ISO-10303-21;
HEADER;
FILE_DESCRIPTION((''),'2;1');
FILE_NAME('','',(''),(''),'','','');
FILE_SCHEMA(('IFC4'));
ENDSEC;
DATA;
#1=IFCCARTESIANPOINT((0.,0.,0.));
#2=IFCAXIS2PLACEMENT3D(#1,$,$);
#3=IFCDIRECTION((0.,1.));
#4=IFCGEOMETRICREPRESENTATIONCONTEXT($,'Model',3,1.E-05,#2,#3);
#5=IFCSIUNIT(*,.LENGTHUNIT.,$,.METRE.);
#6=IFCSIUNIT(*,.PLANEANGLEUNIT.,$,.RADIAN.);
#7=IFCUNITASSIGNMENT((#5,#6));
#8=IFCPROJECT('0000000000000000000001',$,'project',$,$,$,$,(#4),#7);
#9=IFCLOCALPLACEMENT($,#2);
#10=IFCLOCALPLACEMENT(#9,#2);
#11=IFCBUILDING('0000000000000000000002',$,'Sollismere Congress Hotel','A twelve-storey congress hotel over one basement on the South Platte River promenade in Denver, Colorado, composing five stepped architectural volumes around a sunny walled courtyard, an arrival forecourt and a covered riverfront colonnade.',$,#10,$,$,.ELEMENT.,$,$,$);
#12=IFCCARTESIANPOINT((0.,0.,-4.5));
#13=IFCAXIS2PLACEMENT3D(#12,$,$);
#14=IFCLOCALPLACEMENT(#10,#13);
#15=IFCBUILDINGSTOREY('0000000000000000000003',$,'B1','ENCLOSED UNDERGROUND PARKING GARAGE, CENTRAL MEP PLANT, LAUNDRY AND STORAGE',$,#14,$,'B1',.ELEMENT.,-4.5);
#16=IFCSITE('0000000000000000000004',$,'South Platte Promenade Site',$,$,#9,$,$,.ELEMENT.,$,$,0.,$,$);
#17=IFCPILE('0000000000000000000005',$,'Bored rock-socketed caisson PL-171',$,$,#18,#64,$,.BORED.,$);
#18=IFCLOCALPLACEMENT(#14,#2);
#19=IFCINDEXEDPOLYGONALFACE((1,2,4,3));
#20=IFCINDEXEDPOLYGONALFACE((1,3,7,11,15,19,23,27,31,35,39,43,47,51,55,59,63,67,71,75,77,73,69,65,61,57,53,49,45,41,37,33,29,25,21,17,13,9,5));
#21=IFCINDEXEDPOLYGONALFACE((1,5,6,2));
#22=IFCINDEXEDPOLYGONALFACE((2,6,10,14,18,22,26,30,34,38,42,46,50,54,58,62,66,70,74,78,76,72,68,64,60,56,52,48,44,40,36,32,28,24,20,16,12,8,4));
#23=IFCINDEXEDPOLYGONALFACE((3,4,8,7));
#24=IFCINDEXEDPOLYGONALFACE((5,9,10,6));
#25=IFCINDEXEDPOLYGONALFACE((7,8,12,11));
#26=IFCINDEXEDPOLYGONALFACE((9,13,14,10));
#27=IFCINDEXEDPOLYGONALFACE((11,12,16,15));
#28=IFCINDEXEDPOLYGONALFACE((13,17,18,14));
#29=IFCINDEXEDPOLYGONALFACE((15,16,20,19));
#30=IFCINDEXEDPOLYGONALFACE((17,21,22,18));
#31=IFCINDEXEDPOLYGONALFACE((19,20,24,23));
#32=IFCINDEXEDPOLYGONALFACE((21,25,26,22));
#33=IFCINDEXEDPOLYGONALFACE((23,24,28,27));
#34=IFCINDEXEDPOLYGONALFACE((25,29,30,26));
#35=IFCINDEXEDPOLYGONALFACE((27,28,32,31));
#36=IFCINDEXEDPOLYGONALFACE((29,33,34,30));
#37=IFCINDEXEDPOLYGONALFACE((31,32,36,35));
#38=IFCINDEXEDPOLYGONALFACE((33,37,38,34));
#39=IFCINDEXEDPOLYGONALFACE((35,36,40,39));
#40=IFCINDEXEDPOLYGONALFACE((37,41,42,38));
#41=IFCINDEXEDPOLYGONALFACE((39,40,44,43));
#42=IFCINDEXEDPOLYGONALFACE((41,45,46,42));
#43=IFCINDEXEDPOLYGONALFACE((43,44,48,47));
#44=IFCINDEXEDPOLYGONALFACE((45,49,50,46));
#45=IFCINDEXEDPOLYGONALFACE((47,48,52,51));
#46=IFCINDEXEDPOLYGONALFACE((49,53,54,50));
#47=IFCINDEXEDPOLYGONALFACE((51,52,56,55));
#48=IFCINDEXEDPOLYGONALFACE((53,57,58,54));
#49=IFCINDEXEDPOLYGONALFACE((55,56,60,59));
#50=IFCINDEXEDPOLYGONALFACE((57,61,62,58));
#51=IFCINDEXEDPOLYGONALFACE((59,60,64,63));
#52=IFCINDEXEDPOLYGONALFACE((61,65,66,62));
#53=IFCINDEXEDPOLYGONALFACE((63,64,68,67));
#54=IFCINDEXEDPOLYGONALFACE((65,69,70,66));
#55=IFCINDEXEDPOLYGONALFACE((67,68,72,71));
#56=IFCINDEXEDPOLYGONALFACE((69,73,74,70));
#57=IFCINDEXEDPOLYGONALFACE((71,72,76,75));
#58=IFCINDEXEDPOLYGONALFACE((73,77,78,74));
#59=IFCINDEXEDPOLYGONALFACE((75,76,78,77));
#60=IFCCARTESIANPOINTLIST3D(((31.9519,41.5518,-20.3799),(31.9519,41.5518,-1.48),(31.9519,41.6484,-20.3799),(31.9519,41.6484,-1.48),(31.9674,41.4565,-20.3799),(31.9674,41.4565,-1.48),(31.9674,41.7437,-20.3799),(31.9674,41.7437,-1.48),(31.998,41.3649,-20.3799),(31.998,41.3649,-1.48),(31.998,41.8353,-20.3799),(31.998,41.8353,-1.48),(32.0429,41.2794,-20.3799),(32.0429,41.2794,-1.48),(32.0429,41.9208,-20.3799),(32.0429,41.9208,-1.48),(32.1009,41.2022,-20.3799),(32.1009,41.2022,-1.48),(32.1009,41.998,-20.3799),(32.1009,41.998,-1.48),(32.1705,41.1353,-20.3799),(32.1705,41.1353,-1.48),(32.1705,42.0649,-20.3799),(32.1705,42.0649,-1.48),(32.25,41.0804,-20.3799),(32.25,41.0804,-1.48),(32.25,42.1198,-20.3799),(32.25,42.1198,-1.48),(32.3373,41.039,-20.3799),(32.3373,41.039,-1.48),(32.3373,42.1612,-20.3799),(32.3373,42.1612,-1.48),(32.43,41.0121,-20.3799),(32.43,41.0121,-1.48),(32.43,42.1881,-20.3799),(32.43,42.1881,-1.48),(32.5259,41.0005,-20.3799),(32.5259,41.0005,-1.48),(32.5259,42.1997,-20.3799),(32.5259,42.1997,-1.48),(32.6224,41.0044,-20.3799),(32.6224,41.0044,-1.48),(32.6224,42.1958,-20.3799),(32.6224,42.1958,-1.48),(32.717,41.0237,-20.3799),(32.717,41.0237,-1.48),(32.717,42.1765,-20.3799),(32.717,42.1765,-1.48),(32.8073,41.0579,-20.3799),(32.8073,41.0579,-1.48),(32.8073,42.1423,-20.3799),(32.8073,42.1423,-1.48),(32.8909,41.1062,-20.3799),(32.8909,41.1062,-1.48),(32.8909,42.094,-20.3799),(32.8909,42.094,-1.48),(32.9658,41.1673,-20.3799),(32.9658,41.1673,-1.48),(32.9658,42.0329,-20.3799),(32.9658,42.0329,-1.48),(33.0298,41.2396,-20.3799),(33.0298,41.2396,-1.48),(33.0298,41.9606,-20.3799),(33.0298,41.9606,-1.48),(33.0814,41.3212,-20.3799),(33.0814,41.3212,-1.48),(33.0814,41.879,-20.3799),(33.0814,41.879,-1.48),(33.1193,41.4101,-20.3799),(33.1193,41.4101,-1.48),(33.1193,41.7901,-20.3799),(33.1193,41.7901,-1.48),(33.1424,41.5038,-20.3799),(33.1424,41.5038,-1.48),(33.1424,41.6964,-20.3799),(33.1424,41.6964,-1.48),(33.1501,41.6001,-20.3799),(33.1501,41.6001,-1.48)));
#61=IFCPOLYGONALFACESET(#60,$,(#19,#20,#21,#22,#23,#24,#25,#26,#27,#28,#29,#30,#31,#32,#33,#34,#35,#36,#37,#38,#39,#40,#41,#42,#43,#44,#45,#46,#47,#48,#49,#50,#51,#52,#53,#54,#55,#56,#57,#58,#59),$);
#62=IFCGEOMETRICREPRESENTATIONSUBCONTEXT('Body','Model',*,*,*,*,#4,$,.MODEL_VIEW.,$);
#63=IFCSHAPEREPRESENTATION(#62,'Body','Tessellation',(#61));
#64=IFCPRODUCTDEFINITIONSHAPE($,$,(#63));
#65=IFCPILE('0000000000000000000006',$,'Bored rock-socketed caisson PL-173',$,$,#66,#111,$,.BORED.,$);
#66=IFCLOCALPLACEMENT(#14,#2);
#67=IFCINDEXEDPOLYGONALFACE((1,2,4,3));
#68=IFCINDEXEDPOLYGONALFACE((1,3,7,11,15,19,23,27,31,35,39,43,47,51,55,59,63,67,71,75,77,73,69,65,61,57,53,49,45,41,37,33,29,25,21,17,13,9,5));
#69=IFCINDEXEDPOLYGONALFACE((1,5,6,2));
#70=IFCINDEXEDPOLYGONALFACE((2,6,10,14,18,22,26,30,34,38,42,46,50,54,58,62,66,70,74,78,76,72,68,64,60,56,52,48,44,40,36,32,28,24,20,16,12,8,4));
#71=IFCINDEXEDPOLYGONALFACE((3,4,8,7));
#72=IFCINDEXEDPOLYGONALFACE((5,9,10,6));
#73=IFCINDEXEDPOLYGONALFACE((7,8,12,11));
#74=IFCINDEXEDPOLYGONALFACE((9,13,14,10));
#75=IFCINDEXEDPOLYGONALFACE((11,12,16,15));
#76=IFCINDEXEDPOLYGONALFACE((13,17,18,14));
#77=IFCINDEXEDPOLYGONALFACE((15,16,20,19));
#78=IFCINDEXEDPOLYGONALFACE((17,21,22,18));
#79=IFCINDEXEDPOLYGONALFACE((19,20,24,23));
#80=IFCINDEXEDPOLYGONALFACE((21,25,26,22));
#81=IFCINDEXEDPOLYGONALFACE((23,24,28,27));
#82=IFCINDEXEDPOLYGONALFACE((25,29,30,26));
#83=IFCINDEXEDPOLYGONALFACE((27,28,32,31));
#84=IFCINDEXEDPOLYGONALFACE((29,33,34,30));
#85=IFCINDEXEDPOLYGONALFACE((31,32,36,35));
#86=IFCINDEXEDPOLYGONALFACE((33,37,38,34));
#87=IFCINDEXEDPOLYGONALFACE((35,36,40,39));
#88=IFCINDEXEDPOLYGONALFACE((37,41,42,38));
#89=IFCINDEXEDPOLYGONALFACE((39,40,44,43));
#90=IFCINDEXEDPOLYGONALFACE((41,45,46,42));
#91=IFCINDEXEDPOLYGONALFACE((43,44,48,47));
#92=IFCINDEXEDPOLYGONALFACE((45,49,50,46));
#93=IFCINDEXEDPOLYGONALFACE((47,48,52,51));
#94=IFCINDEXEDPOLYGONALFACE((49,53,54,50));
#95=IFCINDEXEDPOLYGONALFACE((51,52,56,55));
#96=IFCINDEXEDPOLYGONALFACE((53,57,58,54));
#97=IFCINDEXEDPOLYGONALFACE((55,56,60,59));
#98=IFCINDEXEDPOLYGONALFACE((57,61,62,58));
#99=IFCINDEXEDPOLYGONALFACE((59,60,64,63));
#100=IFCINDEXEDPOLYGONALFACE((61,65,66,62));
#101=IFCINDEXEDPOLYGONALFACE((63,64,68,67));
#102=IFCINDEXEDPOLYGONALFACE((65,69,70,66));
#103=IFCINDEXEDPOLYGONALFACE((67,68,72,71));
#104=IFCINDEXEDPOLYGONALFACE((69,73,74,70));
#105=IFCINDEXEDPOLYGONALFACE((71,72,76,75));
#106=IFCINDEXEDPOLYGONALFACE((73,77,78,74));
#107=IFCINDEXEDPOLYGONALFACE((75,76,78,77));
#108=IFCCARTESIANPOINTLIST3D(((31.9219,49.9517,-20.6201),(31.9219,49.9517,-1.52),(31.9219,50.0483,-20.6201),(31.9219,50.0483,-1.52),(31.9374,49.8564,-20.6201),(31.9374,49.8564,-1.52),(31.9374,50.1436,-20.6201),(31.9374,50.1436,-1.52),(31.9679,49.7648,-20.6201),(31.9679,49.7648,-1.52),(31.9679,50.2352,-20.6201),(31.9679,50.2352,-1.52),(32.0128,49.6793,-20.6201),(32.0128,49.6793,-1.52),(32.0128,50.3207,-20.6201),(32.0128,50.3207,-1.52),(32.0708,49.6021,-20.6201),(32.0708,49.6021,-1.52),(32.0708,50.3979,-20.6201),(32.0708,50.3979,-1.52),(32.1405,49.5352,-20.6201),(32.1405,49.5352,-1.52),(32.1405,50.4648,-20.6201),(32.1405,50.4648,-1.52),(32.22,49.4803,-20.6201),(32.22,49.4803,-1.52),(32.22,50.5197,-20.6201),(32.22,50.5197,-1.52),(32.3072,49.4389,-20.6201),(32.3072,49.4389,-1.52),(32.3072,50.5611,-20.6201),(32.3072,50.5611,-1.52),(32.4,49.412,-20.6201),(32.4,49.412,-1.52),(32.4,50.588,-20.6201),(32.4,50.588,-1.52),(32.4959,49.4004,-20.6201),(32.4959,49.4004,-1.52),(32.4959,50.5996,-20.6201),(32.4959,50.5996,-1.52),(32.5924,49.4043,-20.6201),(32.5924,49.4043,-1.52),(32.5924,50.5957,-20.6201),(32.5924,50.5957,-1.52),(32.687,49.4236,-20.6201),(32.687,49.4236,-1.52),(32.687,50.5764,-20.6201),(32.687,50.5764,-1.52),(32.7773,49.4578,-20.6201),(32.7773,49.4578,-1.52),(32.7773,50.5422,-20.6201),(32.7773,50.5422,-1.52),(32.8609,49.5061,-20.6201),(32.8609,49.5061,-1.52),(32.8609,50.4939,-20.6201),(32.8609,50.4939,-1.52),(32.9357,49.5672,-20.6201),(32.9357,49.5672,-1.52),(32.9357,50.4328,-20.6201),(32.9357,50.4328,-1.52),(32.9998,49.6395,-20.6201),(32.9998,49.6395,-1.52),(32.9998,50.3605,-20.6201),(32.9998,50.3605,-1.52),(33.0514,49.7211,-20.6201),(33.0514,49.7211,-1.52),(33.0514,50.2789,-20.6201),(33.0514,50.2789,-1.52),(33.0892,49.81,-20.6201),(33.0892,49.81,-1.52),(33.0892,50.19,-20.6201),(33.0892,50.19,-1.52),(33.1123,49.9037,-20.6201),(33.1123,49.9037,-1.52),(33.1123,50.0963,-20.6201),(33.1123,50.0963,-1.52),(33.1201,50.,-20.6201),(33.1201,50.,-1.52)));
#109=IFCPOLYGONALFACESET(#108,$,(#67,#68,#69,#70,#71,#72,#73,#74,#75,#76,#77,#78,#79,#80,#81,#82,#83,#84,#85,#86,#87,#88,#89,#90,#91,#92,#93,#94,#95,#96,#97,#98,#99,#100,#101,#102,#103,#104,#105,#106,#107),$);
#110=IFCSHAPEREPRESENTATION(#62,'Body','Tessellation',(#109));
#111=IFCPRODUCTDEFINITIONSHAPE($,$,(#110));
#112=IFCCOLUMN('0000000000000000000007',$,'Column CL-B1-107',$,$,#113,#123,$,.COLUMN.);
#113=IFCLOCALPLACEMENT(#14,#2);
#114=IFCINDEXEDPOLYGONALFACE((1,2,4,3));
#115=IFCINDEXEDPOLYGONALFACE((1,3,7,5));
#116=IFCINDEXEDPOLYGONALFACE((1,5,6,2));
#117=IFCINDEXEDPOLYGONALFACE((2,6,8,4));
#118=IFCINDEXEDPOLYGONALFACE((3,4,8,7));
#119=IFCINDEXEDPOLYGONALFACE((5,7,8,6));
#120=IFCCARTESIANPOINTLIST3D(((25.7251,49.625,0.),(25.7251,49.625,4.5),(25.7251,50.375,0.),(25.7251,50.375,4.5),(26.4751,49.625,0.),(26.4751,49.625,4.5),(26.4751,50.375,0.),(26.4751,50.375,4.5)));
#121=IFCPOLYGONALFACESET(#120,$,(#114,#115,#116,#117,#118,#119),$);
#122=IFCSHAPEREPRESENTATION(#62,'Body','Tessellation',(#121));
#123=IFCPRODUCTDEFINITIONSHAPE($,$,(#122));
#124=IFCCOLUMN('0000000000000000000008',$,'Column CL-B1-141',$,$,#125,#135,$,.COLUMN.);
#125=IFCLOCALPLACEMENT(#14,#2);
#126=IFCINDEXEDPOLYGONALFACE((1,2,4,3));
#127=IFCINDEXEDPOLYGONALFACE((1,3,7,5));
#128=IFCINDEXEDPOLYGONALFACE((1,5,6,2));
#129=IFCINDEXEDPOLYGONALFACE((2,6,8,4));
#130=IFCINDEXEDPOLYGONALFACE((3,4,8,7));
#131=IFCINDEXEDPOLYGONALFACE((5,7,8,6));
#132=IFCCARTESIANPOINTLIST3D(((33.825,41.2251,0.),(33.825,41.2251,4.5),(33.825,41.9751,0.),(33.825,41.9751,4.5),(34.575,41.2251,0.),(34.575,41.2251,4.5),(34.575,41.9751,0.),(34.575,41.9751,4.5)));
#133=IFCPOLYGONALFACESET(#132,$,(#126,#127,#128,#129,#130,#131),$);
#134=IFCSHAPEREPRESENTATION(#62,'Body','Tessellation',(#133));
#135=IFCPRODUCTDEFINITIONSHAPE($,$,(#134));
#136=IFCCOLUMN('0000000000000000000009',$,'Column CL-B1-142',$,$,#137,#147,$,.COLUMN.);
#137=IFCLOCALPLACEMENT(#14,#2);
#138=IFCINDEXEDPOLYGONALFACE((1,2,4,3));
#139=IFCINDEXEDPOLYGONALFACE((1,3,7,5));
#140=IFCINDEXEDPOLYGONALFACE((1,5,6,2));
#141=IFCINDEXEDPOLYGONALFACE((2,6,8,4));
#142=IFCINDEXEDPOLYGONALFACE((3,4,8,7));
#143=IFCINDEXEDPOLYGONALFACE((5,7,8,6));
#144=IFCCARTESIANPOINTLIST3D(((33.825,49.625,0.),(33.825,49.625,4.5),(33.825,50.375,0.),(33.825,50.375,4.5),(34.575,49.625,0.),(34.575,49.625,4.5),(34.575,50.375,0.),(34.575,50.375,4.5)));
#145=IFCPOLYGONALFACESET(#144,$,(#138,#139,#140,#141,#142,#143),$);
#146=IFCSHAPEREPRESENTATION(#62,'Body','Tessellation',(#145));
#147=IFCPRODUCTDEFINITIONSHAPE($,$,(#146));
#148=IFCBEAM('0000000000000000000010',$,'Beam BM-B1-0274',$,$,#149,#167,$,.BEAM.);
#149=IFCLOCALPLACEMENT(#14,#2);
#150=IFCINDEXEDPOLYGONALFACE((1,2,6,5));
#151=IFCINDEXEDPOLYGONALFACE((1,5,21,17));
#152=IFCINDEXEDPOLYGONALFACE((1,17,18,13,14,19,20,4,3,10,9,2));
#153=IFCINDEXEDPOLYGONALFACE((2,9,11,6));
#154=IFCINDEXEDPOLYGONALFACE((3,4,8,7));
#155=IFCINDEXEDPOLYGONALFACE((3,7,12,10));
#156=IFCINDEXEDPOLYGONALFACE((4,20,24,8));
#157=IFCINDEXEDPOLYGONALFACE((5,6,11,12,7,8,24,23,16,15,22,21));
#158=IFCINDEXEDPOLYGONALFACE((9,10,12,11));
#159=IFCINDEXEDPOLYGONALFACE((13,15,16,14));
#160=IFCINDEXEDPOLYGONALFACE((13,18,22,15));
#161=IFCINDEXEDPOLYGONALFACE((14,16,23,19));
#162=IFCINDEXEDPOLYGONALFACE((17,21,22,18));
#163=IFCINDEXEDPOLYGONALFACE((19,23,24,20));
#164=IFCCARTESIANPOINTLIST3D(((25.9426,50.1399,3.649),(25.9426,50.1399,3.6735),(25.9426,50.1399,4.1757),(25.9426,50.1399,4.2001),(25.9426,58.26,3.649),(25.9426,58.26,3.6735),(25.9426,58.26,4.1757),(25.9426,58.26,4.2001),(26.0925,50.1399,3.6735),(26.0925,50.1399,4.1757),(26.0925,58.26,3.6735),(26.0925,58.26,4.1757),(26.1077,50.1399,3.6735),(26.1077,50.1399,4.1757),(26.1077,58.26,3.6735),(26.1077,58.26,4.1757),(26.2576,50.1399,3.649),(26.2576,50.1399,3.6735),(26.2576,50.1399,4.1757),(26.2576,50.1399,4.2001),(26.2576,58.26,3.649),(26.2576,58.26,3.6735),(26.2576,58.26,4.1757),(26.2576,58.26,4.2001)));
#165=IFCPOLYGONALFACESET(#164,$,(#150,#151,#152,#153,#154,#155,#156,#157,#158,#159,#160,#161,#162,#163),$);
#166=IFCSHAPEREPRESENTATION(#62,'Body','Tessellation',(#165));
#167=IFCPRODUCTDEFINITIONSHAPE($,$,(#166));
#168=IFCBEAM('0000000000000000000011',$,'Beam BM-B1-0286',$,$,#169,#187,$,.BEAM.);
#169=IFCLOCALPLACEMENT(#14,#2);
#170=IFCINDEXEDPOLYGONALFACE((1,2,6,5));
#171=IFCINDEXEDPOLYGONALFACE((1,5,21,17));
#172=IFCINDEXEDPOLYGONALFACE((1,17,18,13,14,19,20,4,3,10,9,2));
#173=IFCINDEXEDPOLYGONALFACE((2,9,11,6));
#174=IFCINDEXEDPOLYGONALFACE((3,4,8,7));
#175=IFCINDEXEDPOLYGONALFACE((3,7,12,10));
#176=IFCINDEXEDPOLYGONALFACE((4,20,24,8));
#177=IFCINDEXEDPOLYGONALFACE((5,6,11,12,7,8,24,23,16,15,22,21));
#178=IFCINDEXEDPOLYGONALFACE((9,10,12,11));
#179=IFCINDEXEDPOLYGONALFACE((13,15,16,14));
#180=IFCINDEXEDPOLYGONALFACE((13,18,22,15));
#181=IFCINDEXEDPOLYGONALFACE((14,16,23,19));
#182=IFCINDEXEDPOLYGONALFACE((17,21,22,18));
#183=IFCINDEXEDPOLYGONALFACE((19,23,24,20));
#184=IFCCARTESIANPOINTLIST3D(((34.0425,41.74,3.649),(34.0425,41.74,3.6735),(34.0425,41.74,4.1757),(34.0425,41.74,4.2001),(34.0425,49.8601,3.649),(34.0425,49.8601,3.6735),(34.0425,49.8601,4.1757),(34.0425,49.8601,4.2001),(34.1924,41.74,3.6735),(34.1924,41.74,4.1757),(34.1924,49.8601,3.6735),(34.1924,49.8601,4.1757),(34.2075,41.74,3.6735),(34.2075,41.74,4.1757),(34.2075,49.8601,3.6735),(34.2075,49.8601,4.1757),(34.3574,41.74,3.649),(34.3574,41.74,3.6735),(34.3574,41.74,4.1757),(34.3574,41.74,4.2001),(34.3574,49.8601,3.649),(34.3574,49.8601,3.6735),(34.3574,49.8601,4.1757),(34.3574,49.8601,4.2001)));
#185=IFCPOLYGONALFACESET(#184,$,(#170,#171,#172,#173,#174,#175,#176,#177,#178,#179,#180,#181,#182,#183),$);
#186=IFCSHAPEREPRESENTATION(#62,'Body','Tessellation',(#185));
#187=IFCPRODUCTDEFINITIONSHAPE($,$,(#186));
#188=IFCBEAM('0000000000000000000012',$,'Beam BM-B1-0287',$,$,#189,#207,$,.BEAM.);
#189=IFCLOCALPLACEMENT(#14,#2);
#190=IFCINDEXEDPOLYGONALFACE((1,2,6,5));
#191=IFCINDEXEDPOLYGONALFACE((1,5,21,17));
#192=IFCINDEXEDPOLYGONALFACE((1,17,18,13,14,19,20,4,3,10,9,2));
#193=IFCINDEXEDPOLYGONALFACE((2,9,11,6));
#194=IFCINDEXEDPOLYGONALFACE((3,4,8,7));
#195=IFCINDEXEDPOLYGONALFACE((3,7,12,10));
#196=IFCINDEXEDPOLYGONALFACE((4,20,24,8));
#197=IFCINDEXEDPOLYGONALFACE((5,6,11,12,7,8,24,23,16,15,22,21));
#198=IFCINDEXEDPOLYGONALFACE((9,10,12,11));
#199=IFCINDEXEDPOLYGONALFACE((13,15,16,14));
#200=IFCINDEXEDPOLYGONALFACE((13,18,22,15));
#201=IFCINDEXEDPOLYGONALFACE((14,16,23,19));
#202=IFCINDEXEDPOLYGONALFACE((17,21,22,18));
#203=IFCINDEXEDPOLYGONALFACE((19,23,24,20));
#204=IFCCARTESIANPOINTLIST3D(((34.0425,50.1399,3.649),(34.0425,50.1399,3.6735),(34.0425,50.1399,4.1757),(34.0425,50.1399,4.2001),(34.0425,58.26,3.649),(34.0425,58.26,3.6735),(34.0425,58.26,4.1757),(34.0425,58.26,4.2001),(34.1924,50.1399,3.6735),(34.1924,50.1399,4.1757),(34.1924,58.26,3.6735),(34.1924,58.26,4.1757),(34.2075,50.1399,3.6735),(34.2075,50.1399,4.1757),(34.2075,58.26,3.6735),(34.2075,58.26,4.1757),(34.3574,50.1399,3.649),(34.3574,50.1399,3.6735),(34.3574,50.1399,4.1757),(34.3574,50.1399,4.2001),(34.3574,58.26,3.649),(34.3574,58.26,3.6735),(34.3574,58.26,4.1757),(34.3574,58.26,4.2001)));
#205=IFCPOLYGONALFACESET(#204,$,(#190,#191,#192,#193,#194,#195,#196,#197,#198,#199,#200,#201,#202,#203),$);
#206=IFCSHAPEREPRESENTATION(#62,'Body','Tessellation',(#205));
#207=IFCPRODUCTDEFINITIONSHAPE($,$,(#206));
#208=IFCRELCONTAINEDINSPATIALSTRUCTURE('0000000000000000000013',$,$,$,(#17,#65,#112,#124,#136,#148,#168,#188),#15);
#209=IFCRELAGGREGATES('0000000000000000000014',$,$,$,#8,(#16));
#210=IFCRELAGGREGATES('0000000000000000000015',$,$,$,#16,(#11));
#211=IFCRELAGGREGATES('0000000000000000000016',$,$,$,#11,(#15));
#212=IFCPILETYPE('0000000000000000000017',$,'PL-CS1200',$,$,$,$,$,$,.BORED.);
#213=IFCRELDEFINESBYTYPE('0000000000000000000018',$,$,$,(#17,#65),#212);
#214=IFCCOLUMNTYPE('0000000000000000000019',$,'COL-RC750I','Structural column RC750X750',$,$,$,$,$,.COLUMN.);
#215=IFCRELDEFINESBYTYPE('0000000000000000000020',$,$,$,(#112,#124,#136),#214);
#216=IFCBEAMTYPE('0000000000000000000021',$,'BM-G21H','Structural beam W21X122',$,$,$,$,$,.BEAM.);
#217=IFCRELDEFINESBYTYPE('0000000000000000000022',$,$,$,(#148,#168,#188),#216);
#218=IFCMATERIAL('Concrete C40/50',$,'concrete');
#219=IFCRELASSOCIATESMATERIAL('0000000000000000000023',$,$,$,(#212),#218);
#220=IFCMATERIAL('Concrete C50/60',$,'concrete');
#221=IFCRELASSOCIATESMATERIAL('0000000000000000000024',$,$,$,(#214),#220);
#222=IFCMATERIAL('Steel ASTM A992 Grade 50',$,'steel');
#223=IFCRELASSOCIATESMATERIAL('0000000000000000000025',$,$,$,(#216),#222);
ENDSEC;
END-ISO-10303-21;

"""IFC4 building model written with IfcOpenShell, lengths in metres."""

from ifc_helpers import new_model, si_unit, direction, frame, origin, origin_2d, place, context, subcontext, project, spatial, rectangle, circle, i_section, extrude, material, material_profile, profile_set, type_object, element, save


model = new_model("IFC4")

# Units and contexts
model_context = context("Model", 3, precision=1e-05, world=origin(), true_north=direction((0.0, 1.0)))
body_context = subcontext(model_context, "Body", "Model", "MODEL_VIEW")
ifc_project = project(units=[si_unit("LENGTHUNIT", "METRE"), si_unit("PLANEANGLEUNIT", "RADIAN")], contexts=[model_context])

# Site, building, storey
site_placement = place(None, origin())
site = spatial("IfcSite", under=ifc_project, at=site_placement, Name="South Platte Promenade Site", CompositionType="ELEMENT", RefElevation=0.0)
building_placement = place(site_placement, origin())
building = spatial("IfcBuilding", under=site, at=building_placement, Name="Sollismere Congress Hotel", Description="A twelve-storey congress hotel over one basement on the South Platte River promenade in Denver, Colorado, composing five stepped architectural volumes around a sunny walled courtyard, an arrival forecourt and a covered riverfront colonnade.", CompositionType="ELEMENT")
storey_placement = place(building_placement, frame((0.0, 0.0, -4.5)))
storey = spatial("IfcBuildingStorey", under=building, at=storey_placement, Name="B1", Description="ENCLOSED UNDERGROUND PARKING GARAGE, CENTRAL MEP PLANT, LAUNDRY AND STORAGE", LongName="B1", CompositionType="ELEMENT", Elevation=-4.5)

# Shared definitions
ifc_material_1 = material(Name="Concrete C40/50", Category="concrete")

# Piles
ifc_material_profile_1 = material_profile(ifc_material_1, circle(Radius=0.6001, at=origin_2d()), Name="CAISSON1200")
ifc_profile_set_1 = profile_set([ifc_material_profile_1], Name="Concrete C40/50")
pile_type = type_object("IfcPileType", Name="PL-CS1200", PredefinedType="BORED", material=ifc_profile_set_1)
pile_1_placement = place(storey_placement, frame((32.55, 41.6001, -1.48), z_axis=(0.0, 0.0, -1.0), x_axis=(1.0, 0.0, 0.0)))
element("IfcPile", 1, at=pile_1_placement, inside=storey, type_object=pile_type, Name="Bored rock-socketed caisson PL-171", PredefinedType="BORED", context=body_context, shape_type="SweptSolid", body=[
    extrude(circle(Radius=0.6001, at=origin_2d()), origin(), (0.0, 0.0, 1.0), 18.8999),
])
pile_2_placement = place(storey_placement, frame((32.52, 50.0, -1.52), z_axis=(0.0, 0.0, -1.0), x_axis=(1.0, 0.0, 0.0)))
element("IfcPile", 2, at=pile_2_placement, inside=storey, type_object=pile_type, Name="Bored rock-socketed caisson PL-173", PredefinedType="BORED", context=body_context, shape_type="SweptSolid", body=[
    extrude(circle(Radius=0.6001, at=origin_2d()), origin(), (0.0, 0.0, 1.0), 19.1001),
])

# Columns
ifc_material_2 = material(Name="Concrete C50/60", Category="concrete")
ifc_material_profile_2 = material_profile(ifc_material_2, rectangle(XDim=0.75, YDim=0.75, at=origin_2d()), Name="RC750X750")
ifc_profile_set_2 = profile_set([ifc_material_profile_2], Name="Concrete C50/60")
column_type = type_object("IfcColumnType", Name="COL-RC750I", Description="Structural column RC750X750", PredefinedType="COLUMN", material=ifc_profile_set_2)
for number, where, z_axis, x_axis, name in (
    (3, (26.1001, 50.0, 0.0), (0.0, 0.0, 1.0), (1.0, 0.0, 0.0), "Column CL-B1-107"),
    (4, (34.2, 41.6001, 0.0), (0.0, 0.0, 1.0), (1.0, 0.0, 0.0), "Column CL-B1-141"),
    (5, (34.2, 50.0, 0.0), (0.0, 0.0, 1.0), (1.0, 0.0, 0.0), "Column CL-B1-142"),
):
    element("IfcColumn", number, at=place(storey_placement, frame(where, z_axis=z_axis, x_axis=x_axis)), inside=storey, type_object=column_type, Name=name, PredefinedType="COLUMN", context=body_context, shape_type="SweptSolid", body=[
        extrude(rectangle(XDim=0.75, YDim=0.75, at=origin_2d()), origin(), (0.0, 0.0, 1.0), 4.5),
    ])

# Beams
ifc_material_3 = material(Name="Steel ASTM A992 Grade 50", Category="steel")
ifc_material_profile_3 = material_profile(ifc_material_3, i_section(OverallWidth=0.3149, OverallDepth=0.551, WebThickness=0.0151, FlangeThickness=0.0244, at=origin_2d()), Name="W21X122")
ifc_profile_set_3 = profile_set([ifc_material_profile_3], Name="Steel ASTM A992 Grade 50")
beam_type_1 = type_object("IfcBeamType", Name="BM-G21H", Description="Structural beam W21X122", PredefinedType="BEAM", material=ifc_profile_set_3)
for number, where, z_axis, x_axis, name in (
    (6, (26.1001, 50.1399, 3.9246), (0.0, 1.0, 0.0), (-1.0, 0.0, 0.0), "Beam BM-B1-0274"),
    (7, (34.2, 41.74, 3.9246), (0.0, 1.0, 0.0), (-1.0, 0.0, 0.0), "Beam BM-B1-0286"),
    (8, (34.2, 50.1399, 3.9246), (0.0, 1.0, 0.0), (-1.0, 0.0, 0.0), "Beam BM-B1-0287"),
):
    element("IfcBeam", number, at=place(storey_placement, frame(where, z_axis=z_axis, x_axis=x_axis)), inside=storey, type_object=beam_type_1, Name=name, PredefinedType="BEAM", context=body_context, shape_type="SweptSolid", body=[
        extrude(i_section(OverallWidth=0.3149, OverallDepth=0.551, WebThickness=0.0151, FlangeThickness=0.0244, at=origin_2d()), origin(), (0.0, 0.0, 1.0), 8.1201),
    ])

save(model, "model.ifc")
